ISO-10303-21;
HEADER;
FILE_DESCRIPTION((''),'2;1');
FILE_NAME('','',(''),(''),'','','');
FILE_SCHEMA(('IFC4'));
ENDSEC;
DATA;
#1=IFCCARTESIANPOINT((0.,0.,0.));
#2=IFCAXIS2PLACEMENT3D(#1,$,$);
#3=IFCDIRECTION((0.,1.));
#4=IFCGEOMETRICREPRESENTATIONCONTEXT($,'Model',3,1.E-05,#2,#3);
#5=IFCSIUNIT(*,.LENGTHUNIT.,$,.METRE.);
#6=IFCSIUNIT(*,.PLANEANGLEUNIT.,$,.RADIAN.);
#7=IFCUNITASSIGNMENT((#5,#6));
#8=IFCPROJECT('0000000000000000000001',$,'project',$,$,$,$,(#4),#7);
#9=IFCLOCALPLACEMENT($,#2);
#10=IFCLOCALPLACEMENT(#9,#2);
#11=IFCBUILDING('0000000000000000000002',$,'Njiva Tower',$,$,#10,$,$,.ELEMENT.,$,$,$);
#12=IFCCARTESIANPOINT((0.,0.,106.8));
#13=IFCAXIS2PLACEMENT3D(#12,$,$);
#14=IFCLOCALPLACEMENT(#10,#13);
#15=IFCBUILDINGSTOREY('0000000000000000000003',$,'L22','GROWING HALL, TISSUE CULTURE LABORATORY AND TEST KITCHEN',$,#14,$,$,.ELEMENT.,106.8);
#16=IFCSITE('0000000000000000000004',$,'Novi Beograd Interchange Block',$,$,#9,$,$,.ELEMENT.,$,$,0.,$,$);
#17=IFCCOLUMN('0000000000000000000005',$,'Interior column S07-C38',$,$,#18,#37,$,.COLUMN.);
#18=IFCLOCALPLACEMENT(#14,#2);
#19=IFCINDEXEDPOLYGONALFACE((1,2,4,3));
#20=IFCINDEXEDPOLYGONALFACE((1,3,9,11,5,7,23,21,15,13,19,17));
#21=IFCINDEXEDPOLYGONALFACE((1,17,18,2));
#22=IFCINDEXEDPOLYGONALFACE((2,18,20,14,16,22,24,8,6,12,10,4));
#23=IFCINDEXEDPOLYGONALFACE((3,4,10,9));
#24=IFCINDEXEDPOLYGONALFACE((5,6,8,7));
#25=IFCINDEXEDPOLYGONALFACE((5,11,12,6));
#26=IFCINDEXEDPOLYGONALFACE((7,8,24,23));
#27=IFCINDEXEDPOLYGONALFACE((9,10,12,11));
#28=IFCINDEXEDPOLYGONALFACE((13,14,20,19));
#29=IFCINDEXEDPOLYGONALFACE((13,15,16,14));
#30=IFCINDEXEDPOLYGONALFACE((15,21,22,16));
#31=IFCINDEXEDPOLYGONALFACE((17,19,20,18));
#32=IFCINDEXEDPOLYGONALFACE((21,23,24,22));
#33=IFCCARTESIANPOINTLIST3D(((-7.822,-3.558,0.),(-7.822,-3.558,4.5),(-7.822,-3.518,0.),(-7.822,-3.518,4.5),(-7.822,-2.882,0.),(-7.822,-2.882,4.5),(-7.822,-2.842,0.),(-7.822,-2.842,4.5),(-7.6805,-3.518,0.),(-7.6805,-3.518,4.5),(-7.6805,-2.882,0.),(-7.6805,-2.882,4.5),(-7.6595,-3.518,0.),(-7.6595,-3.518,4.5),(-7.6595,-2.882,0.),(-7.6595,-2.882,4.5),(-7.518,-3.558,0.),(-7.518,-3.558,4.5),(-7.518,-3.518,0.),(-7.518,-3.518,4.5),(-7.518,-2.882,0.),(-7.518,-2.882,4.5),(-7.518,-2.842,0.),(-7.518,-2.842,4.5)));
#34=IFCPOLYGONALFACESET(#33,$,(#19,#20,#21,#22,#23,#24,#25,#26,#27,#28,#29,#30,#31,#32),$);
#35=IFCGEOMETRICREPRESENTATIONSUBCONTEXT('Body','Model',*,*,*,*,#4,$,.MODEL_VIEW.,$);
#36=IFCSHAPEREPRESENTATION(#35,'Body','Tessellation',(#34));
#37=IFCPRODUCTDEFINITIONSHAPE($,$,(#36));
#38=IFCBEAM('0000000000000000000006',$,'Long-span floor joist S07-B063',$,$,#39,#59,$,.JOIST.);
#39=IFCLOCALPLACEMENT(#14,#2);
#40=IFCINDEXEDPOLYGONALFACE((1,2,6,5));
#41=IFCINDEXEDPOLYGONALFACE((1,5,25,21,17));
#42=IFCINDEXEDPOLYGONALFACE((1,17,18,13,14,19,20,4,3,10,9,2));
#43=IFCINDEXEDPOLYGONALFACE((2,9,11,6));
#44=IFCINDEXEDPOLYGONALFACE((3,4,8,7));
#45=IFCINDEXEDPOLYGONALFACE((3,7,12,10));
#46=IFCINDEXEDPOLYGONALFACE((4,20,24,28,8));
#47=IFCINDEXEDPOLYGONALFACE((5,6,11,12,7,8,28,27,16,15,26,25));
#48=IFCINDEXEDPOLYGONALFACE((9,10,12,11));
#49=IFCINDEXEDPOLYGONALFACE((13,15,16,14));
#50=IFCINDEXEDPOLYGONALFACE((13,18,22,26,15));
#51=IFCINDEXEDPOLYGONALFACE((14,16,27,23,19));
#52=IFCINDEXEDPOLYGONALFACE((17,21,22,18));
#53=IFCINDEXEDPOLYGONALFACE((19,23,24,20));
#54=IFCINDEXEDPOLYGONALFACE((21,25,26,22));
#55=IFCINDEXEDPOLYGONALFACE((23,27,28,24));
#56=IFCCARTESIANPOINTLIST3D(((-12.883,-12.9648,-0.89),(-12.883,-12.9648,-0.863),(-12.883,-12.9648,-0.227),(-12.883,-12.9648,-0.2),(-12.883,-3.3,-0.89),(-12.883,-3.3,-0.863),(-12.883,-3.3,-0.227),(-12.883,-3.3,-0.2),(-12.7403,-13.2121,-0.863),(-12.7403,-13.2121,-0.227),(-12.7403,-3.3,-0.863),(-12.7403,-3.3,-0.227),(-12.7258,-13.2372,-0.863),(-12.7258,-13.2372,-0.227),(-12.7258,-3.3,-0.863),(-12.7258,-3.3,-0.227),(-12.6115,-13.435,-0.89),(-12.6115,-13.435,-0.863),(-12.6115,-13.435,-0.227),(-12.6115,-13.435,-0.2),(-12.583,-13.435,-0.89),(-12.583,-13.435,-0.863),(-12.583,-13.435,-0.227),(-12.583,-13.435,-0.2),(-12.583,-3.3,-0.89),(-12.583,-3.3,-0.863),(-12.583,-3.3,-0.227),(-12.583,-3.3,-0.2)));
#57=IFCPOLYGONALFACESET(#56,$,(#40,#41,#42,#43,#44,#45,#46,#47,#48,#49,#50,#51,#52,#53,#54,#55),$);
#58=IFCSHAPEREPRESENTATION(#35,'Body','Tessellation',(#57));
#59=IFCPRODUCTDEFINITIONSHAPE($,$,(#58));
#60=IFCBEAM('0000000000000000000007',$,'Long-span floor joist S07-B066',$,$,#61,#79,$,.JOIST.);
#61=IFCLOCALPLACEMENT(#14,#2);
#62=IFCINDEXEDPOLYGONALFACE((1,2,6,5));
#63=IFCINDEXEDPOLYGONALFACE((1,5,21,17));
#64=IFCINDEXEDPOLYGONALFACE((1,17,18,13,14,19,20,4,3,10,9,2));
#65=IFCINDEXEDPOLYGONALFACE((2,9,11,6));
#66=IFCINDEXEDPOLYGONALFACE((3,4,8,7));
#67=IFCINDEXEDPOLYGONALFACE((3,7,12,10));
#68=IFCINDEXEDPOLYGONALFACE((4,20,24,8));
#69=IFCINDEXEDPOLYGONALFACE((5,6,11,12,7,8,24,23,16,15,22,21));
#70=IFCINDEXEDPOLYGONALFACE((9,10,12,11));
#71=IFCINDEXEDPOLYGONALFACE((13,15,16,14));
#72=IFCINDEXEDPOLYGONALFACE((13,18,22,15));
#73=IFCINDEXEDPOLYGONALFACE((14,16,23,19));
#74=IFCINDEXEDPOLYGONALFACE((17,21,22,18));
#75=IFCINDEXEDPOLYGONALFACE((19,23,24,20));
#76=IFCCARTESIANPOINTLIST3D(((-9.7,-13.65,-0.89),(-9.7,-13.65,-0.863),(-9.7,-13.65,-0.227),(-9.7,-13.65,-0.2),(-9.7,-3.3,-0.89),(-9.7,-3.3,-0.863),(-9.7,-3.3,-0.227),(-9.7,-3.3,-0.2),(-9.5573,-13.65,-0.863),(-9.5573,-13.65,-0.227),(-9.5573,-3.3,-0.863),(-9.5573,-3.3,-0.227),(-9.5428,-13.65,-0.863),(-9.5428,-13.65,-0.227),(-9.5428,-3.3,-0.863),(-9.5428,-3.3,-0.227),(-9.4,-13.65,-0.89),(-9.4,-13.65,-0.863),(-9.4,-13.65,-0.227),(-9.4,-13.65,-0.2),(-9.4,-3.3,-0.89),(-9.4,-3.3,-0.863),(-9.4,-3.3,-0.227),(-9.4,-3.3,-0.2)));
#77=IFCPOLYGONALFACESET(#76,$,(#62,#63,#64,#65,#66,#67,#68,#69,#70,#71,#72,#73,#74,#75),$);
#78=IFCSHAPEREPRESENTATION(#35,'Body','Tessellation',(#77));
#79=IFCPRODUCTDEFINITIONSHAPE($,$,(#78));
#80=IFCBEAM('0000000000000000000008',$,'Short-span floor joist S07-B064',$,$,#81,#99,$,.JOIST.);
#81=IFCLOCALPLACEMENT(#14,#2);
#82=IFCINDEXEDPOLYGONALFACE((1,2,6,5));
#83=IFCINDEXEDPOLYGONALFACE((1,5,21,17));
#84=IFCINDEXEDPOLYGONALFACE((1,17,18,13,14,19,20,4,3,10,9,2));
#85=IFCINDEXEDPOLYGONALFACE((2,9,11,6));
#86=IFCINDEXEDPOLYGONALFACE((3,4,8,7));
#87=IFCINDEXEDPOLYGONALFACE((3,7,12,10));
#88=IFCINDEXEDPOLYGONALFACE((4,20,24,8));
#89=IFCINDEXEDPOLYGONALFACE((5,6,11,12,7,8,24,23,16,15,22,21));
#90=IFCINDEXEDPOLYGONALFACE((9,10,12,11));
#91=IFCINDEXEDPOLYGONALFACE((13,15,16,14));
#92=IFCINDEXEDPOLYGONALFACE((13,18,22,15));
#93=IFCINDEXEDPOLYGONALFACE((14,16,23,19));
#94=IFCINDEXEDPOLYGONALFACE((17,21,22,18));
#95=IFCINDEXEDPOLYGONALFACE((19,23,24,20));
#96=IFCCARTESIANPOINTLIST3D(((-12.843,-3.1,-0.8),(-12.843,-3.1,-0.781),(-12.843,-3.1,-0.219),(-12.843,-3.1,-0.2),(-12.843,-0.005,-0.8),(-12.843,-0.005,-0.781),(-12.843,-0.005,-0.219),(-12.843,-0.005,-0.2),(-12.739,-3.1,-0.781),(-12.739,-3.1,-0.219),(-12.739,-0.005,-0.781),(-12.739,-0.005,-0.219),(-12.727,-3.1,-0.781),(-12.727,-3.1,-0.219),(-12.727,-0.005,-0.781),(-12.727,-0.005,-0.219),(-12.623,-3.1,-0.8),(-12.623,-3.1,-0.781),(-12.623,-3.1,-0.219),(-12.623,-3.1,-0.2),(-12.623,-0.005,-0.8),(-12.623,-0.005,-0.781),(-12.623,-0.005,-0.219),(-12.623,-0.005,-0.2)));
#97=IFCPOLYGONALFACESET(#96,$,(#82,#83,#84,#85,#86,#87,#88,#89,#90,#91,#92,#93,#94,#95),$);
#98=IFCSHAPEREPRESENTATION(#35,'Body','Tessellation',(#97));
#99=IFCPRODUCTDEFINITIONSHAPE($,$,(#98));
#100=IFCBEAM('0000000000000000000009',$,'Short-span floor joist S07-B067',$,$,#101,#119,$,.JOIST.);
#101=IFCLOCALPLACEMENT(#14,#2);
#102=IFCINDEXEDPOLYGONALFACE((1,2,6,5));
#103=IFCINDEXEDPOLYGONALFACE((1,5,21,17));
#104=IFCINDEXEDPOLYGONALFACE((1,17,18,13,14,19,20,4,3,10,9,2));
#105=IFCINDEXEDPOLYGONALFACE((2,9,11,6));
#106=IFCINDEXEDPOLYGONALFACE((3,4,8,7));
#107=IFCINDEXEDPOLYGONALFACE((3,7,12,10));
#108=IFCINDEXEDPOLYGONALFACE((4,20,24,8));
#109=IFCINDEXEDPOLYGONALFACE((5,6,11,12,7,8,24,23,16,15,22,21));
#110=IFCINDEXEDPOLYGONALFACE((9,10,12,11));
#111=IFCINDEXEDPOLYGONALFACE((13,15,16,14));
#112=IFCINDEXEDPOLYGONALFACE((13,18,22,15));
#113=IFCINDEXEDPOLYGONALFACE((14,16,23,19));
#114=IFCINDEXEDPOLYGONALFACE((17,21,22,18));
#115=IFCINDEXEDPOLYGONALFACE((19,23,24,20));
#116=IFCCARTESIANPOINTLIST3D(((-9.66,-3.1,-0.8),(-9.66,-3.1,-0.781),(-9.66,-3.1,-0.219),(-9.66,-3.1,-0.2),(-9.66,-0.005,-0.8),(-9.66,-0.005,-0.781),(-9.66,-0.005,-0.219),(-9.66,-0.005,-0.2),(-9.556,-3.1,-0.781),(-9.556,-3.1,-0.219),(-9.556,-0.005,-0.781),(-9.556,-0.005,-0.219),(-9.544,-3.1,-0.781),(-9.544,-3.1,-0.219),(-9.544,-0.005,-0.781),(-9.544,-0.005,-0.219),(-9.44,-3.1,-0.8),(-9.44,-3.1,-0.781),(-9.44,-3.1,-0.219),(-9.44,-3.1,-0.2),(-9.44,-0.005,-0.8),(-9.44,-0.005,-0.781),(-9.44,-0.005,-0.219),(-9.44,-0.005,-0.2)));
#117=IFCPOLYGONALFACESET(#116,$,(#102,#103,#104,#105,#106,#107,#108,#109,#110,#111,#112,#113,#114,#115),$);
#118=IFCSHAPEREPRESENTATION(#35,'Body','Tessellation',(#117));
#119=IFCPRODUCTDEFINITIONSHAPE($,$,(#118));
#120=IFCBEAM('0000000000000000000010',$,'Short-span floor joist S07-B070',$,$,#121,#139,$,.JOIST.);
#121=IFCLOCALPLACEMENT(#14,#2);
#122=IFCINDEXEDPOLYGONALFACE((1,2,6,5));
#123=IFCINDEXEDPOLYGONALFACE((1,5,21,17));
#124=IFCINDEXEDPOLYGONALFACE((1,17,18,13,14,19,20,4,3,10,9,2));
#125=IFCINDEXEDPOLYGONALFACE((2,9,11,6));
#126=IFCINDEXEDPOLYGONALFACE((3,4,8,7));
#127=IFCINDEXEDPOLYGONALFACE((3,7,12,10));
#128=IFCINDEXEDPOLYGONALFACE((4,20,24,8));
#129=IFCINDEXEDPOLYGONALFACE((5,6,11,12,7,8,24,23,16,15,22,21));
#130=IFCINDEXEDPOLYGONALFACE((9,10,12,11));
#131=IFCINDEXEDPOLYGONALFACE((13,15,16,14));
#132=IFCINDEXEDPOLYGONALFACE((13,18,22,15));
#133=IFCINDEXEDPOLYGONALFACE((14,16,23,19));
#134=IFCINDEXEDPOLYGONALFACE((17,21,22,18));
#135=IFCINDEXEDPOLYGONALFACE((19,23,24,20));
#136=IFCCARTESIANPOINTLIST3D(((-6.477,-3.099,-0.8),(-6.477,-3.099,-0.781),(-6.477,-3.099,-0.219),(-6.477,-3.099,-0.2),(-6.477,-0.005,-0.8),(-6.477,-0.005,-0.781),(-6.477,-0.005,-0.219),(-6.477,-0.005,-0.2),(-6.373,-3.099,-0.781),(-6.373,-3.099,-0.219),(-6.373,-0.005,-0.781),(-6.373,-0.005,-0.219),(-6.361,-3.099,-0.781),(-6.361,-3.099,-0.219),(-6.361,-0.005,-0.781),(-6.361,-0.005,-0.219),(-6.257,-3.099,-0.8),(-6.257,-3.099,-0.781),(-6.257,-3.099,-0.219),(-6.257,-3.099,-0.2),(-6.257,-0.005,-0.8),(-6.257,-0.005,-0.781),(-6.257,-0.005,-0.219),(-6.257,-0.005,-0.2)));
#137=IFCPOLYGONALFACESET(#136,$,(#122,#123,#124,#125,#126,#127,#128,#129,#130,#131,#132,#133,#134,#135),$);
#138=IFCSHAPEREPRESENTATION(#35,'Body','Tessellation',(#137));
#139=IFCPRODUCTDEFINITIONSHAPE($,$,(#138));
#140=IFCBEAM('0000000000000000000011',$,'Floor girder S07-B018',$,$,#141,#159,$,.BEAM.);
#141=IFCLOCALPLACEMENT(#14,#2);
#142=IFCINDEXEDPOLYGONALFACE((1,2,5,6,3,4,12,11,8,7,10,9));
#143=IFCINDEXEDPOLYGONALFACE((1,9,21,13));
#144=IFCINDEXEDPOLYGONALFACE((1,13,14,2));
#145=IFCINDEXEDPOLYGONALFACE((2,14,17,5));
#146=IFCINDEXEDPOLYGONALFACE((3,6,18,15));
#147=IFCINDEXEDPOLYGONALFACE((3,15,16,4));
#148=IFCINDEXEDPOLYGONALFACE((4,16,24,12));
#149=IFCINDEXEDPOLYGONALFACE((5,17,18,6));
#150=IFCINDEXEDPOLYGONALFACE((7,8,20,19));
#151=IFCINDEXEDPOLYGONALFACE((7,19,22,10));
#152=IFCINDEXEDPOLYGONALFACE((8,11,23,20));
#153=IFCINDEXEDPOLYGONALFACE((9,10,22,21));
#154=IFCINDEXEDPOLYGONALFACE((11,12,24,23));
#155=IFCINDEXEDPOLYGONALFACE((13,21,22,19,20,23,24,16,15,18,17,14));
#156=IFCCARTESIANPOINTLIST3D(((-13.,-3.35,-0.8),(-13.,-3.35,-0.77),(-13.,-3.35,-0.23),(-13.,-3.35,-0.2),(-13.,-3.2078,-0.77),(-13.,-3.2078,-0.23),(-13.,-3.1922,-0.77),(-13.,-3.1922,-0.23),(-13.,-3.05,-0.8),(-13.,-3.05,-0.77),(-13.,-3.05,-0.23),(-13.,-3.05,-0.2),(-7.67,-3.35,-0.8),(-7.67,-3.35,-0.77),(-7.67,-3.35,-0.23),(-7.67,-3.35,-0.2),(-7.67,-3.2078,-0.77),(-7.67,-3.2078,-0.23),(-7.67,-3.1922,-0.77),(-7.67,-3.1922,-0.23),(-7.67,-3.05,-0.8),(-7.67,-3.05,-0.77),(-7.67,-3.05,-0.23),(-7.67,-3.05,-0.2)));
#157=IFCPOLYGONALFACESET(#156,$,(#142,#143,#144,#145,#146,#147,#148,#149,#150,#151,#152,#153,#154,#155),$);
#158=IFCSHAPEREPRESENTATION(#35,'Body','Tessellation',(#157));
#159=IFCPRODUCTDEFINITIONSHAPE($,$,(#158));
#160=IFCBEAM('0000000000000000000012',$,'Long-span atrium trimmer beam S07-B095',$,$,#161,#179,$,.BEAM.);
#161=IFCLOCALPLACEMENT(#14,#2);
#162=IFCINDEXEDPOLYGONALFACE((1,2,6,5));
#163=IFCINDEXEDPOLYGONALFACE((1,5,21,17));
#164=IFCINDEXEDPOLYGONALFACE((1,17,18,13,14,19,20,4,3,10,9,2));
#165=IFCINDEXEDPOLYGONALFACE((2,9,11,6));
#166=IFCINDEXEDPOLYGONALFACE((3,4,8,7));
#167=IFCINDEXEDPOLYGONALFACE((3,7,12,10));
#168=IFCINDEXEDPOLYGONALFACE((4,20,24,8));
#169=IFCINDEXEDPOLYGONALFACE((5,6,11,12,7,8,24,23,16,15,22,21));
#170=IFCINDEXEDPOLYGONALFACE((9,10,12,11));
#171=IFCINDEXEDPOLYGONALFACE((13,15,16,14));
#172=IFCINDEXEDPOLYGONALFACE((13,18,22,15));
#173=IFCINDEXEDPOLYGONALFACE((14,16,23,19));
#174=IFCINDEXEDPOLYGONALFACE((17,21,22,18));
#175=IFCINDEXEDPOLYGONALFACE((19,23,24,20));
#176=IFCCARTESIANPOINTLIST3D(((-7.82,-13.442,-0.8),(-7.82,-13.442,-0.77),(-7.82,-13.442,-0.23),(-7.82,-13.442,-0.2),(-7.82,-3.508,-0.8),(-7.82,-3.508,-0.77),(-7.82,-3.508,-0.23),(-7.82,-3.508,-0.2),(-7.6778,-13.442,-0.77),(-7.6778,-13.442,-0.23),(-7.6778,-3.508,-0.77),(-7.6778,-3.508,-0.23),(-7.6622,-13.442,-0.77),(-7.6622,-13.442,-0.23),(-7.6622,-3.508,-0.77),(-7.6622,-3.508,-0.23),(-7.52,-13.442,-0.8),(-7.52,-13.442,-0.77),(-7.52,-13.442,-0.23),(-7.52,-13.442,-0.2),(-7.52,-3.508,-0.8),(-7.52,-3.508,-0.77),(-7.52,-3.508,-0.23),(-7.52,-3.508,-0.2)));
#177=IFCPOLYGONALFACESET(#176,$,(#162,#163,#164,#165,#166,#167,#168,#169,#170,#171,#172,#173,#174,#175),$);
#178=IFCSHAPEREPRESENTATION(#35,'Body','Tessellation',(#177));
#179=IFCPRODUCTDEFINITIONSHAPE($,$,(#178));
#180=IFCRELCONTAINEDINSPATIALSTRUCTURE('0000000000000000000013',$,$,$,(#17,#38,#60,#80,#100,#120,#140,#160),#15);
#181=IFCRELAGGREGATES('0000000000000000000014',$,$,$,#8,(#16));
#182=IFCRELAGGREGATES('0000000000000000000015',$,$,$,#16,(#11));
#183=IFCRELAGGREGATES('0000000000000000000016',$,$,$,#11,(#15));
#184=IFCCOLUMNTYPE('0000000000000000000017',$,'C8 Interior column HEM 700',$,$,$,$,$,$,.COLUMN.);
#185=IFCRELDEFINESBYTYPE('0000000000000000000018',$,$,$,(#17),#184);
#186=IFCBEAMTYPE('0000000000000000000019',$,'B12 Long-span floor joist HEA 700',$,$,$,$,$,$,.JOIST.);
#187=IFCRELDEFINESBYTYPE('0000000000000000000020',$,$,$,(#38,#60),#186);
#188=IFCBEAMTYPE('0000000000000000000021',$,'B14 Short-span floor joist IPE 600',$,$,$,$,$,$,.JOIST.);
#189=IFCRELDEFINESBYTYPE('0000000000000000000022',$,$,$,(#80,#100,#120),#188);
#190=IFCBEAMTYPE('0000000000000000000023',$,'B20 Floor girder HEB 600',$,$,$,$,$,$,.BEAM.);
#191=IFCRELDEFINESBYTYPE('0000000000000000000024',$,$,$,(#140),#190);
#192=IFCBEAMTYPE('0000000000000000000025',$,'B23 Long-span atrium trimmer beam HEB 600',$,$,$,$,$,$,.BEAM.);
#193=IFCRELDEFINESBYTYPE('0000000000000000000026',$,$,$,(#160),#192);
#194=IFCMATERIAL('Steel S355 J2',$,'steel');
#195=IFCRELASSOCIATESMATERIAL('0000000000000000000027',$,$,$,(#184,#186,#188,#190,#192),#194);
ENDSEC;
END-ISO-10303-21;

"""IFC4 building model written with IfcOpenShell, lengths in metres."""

from ifc_helpers import new_model, si_unit, direction, frame, origin, origin_2d, place, context, subcontext, project, spatial, i_section, extrude, clip, halfspace, material, material_profile, profile_set, type_object, element, save


model = new_model("IFC4")

# Units and contexts
model_context = context("Model", 3, precision=1e-05, world=origin(), true_north=direction((0.0, 1.0)))
body_context = subcontext(model_context, "Body", "Model", "MODEL_VIEW")
ifc_project = project(units=[si_unit("LENGTHUNIT", "METRE"), si_unit("PLANEANGLEUNIT", "RADIAN")], contexts=[model_context])

# Site, building, storey
site_placement = place(None, origin())
site = spatial("IfcSite", under=ifc_project, at=site_placement, Name="Novi Beograd Interchange Block", CompositionType="ELEMENT", RefElevation=0.0)
building_placement = place(site_placement, origin())
building = spatial("IfcBuilding", under=site, at=building_placement, Name="Njiva Tower", CompositionType="ELEMENT")
storey_placement = place(building_placement, frame((0.0, 0.0, 106.8)))
storey = spatial("IfcBuildingStorey", under=building, at=storey_placement, Name="L22", Description="GROWING HALL, TISSUE CULTURE LABORATORY AND TEST KITCHEN", CompositionType="ELEMENT", Elevation=106.8)

# Column
ifc_material_1 = material(Name="Steel S355 J2", Category="steel")
ifc_material_profile_1 = material_profile(ifc_material_1, i_section(OverallWidth=0.304, OverallDepth=0.716, WebThickness=0.021, FlangeThickness=0.04, at=origin_2d()), Name="HEM 700")
ifc_profile_set_1 = profile_set([ifc_material_profile_1], Name="Steel S355 J2")
column_type = type_object("IfcColumnType", Name="C8 Interior column HEM 700", PredefinedType="COLUMN", material=ifc_profile_set_1)
column_placement = place(storey_placement, frame((-7.67, -3.2, 0.0), z_axis=(0.0, 0.0, 1.0), x_axis=(1.0, 0.0, 0.0)))
element("IfcColumn", 1, at=column_placement, inside=storey, type_object=column_type, Name="Interior column S07-C38", PredefinedType="COLUMN", context=body_context, shape_type="SweptSolid", body=[
    extrude(i_section(OverallWidth=0.304, OverallDepth=0.716, WebThickness=0.021, FlangeThickness=0.04, at=origin_2d()), origin(), (0.0, 0.0, 1.0), 4.5),
])

# Beams
ifc_material_profile_2 = material_profile(ifc_material_1, i_section(OverallWidth=0.3, OverallDepth=0.69, WebThickness=0.0145, FlangeThickness=0.027, at=origin_2d()), Name="HEA 700")
ifc_profile_set_2 = profile_set([ifc_material_profile_2], Name="Steel S355 J2")
beam_type_1 = type_object("IfcBeamType", Name="B12 Long-span floor joist HEA 700", PredefinedType="JOIST", material=ifc_profile_set_2)
beam_1_placement = place(storey_placement, frame((-12.733, -3.3, -0.545), z_axis=(0.0, -1.0, 0.0), x_axis=(1.0, 0.0, 0.0)))
element("IfcBeam", 2, at=beam_1_placement, inside=storey, type_object=beam_type_1, Name="Long-span floor joist S07-B063", PredefinedType="JOIST", context=body_context, shape_type="Clipping", body=[
    clip(extrude(i_section(OverallWidth=0.3, OverallDepth=0.69, WebThickness=0.0145, FlangeThickness=0.027, at=origin_2d()), origin(), (0.0, 0.0, 1.0), 10.135), halfspace(frame((-0.0436, 0.0, 9.8491), z_axis=(-0.866027, 0.0, 0.499998), x_axis=(0.0, 1.0, 0.0)), False)),
])
beam_2_placement = place(storey_placement, frame((-9.55, -3.3, -0.545), z_axis=(0.0, -1.0, 0.0), x_axis=(1.0, 0.0, 0.0)))
element("IfcBeam", 3, at=beam_2_placement, inside=storey, type_object=beam_type_1, Name="Long-span floor joist S07-B066", PredefinedType="JOIST", context=body_context, shape_type="SweptSolid", body=[
    extrude(i_section(OverallWidth=0.3, OverallDepth=0.69, WebThickness=0.0145, FlangeThickness=0.027, at=origin_2d()), origin(), (0.0, 0.0, 1.0), 10.35),
])
ifc_material_profile_3 = material_profile(ifc_material_1, i_section(OverallWidth=0.22, OverallDepth=0.6, WebThickness=0.012, FlangeThickness=0.019, at=origin_2d()), Name="IPE 600")
ifc_profile_set_3 = profile_set([ifc_material_profile_3], Name="Steel S355 J2")
beam_type_2 = type_object("IfcBeamType", Name="B14 Short-span floor joist IPE 600", PredefinedType="JOIST", material=ifc_profile_set_3)
for number, where, z_axis, x_axis, name in (
    (4, (-12.733, -0.005, -0.5), (0.0, -1.0, 0.0), (1.0, 0.0, 0.0), "Short-span floor joist S07-B064"),
    (5, (-9.55, -0.005, -0.5), (0.0, -1.0, 0.0), (1.0, 0.0, 0.0), "Short-span floor joist S07-B067"),
):
    element("IfcBeam", number, at=place(storey_placement, frame(where, z_axis=z_axis, x_axis=x_axis)), inside=storey, type_object=beam_type_2, Name=name, PredefinedType="JOIST", context=body_context, shape_type="SweptSolid", body=[
        extrude(i_section(OverallWidth=0.22, OverallDepth=0.6, WebThickness=0.012, FlangeThickness=0.019, at=origin_2d()), origin(), (0.0, 0.0, 1.0), 3.095),
    ])
beam_3_placement = place(storey_placement, frame((-6.367, -0.005, -0.5), z_axis=(0.0, -1.0, 0.0), x_axis=(1.0, 0.0, 0.0)))
element("IfcBeam", 6, at=beam_3_placement, inside=storey, type_object=beam_type_2, Name="Short-span floor joist S07-B070", PredefinedType="JOIST", context=body_context, shape_type="SweptSolid", body=[
    extrude(i_section(OverallWidth=0.22, OverallDepth=0.6, WebThickness=0.012, FlangeThickness=0.019, at=origin_2d()), origin(), (0.0, 0.0, 1.0), 3.094),
])
ifc_material_profile_4 = material_profile(ifc_material_1, i_section(OverallWidth=0.3, OverallDepth=0.6, WebThickness=0.0155, FlangeThickness=0.03, at=origin_2d()), Name="HEB 600")
ifc_profile_set_4 = profile_set([ifc_material_profile_4], Name="Steel S355 J2")
beam_type_3 = type_object("IfcBeamType", Name="B20 Floor girder HEB 600", PredefinedType="BEAM", material=ifc_profile_set_4)
beam_4_placement = place(storey_placement, frame((-13.0, -3.2, -0.5), z_axis=(1.0, 0.0, 0.0), x_axis=(0.0, 1.0, 0.0)))
element("IfcBeam", 7, at=beam_4_placement, inside=storey, type_object=beam_type_3, Name="Floor girder S07-B018", PredefinedType="BEAM", context=body_context, shape_type="SweptSolid", body=[
    extrude(i_section(OverallWidth=0.3, OverallDepth=0.6, WebThickness=0.0155, FlangeThickness=0.03, at=origin_2d()), origin(), (0.0, 0.0, 1.0), 5.33),
])
ifc_material_profile_5 = material_profile(ifc_material_1, i_section(OverallWidth=0.3, OverallDepth=0.6, WebThickness=0.0155, FlangeThickness=0.03, at=origin_2d()), Name="HEB 600")
ifc_profile_set_5 = profile_set([ifc_material_profile_5], Name="Steel S355 J2")
beam_type_4 = type_object("IfcBeamType", Name="B23 Long-span atrium trimmer beam HEB 600", PredefinedType="BEAM", material=ifc_profile_set_5)
beam_5_placement = place(storey_placement, frame((-7.67, -3.508, -0.5), z_axis=(0.0, -1.0, 0.0), x_axis=(1.0, 0.0, 0.0)))
element("IfcBeam", 8, at=beam_5_placement, inside=storey, type_object=beam_type_4, Name="Long-span atrium trimmer beam S07-B095", PredefinedType="BEAM", context=body_context, shape_type="SweptSolid", body=[
    extrude(i_section(OverallWidth=0.3, OverallDepth=0.6, WebThickness=0.0155, FlangeThickness=0.03, at=origin_2d()), origin(), (0.0, 0.0, 1.0), 9.934),
])

save(model, "model.ifc")
